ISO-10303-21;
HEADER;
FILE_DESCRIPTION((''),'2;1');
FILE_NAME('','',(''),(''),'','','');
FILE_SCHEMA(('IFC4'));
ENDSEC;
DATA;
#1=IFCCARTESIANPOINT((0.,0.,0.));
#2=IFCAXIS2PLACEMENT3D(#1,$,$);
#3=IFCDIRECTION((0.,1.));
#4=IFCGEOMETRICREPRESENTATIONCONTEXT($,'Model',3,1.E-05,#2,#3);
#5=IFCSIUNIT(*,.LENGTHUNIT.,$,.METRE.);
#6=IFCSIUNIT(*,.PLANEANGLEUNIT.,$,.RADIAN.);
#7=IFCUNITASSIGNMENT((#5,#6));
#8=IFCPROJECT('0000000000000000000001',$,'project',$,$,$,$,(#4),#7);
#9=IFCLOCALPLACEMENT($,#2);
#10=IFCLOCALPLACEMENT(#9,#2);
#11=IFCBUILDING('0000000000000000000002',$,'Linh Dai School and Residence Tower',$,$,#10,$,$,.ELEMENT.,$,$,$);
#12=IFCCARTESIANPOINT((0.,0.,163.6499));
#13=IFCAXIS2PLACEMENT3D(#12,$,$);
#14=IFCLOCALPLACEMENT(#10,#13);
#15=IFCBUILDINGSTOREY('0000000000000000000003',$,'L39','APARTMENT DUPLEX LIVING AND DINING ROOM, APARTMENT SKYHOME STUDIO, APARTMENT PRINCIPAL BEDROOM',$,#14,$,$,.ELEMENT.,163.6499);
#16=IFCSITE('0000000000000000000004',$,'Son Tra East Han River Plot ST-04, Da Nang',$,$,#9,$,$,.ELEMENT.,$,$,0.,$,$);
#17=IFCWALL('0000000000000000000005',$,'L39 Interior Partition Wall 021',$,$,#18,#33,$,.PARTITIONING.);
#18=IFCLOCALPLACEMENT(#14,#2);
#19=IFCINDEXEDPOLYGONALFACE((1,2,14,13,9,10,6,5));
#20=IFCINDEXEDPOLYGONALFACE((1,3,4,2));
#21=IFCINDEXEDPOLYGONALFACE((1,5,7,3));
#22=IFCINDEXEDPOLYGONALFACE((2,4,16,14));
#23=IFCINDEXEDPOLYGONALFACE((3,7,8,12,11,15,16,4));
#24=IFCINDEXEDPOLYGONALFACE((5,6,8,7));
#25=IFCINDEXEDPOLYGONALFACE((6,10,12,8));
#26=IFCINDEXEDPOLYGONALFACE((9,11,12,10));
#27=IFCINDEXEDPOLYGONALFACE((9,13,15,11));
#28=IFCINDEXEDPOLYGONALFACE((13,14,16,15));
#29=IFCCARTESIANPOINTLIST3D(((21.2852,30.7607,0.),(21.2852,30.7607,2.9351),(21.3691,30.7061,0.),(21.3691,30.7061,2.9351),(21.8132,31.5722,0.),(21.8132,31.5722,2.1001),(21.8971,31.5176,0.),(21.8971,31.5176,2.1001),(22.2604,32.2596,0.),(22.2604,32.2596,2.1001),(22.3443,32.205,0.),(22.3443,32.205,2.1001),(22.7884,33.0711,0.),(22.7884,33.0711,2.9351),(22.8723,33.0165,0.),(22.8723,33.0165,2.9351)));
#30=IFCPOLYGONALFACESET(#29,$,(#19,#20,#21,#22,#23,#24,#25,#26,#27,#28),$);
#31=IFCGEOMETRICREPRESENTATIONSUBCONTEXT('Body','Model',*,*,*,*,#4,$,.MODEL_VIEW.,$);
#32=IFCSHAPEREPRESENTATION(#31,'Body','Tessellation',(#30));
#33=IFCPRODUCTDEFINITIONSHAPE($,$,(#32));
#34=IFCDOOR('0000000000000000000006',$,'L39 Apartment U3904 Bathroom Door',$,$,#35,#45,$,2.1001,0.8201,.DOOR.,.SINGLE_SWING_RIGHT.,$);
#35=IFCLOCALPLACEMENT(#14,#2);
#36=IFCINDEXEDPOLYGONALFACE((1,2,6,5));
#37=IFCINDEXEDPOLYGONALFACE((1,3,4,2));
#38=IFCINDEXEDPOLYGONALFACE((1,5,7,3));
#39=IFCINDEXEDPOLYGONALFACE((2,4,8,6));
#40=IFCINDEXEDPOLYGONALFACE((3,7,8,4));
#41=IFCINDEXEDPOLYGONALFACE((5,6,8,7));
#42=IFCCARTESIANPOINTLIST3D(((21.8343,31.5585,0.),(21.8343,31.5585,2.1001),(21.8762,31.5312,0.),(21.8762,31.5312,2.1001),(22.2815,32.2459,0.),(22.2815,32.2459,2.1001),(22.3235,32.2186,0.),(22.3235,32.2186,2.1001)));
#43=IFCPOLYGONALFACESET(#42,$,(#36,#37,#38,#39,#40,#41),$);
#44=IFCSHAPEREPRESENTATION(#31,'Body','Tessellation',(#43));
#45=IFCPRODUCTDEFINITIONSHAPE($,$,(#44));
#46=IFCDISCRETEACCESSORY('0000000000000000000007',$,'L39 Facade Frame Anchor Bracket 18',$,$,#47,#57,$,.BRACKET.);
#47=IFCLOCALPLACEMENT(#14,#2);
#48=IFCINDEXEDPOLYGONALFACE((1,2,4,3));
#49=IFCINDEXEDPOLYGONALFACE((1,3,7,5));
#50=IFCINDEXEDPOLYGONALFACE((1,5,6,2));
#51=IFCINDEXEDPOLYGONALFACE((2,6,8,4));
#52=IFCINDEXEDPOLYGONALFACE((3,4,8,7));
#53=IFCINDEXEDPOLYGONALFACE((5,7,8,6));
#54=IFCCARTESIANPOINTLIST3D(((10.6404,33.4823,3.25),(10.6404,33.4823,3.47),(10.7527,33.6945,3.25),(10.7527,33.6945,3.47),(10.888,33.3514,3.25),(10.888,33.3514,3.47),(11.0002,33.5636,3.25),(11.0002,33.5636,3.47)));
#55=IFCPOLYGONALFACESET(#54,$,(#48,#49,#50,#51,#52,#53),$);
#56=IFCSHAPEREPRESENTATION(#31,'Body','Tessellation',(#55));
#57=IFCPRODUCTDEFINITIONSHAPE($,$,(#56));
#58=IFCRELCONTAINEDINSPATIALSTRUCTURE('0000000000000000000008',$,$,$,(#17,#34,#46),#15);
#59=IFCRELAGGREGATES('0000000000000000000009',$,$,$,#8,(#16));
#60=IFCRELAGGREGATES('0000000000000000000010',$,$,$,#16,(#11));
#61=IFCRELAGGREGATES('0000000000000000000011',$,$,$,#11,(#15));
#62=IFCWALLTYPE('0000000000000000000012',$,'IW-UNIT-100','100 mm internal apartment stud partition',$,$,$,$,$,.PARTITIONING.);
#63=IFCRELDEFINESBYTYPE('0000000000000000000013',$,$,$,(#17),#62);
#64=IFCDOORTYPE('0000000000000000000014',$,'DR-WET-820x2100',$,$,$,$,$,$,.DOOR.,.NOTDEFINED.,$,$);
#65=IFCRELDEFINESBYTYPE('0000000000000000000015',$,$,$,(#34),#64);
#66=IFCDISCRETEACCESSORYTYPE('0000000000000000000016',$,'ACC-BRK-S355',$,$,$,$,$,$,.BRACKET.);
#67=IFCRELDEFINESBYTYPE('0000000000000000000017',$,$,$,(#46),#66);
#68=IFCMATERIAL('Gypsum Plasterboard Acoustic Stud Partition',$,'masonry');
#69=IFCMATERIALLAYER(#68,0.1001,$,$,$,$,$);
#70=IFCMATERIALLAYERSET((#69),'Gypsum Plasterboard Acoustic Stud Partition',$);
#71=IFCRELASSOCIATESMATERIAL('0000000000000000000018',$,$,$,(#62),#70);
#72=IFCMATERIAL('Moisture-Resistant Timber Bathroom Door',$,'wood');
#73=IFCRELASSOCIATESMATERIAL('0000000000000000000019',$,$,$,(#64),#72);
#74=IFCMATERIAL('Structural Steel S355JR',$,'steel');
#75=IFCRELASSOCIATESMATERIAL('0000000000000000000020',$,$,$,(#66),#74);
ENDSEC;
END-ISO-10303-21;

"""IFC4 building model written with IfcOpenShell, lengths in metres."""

from ifc_helpers import new_model, si_unit, direction, frame, frame_2d, origin, origin_2d, place, context, subcontext, project, spatial, rectangle, extrude, source, transform, mapped, material, layer, layer_set, type_object, element, fill, save


model = new_model("IFC4")

# Units and contexts
model_context = context("Model", 3, precision=1e-05, world=origin(), true_north=direction((0.0, 1.0)))
body_context = subcontext(model_context, "Body", "Model", "MODEL_VIEW")
ifc_project = project(units=[si_unit("LENGTHUNIT", "METRE"), si_unit("PLANEANGLEUNIT", "RADIAN")], contexts=[model_context])

# Site, building, storey
site_placement = place(None, origin())
site = spatial("IfcSite", under=ifc_project, at=site_placement, Name="Son Tra East Han River Plot ST-04, Da Nang", CompositionType="ELEMENT", RefElevation=0.0)
building_placement = place(site_placement, origin())
building = spatial("IfcBuilding", under=site, at=building_placement, Name="Linh Dai School and Residence Tower", CompositionType="ELEMENT")
storey_placement = place(building_placement, frame((0.0, 0.0, 163.6499)))
storey = spatial("IfcBuildingStorey", under=building, at=storey_placement, Name="L39", Description="APARTMENT DUPLEX LIVING AND DINING ROOM, APARTMENT SKYHOME STUDIO, APARTMENT PRINCIPAL BEDROOM", CompositionType="ELEMENT", Elevation=163.6499)

# Shared definitions
ifc_material_1 = material(Name="Structural Steel S355JR", Category="steel")

# Shared definitions
ifc_material_2 = material(Name="Gypsum Plasterboard Acoustic Stud Partition", Category="masonry")
ifc_layer_1 = layer(ifc_material_2, 0.1001)
ifc_layer_set_1 = layer_set([ifc_layer_1], Name="Gypsum Plasterboard Acoustic Stud Partition")
wall_type_1 = type_object("IfcWallType", Name="IW-UNIT-100", Description="100 mm internal apartment stud partition", PredefinedType="PARTITIONING", material=ifc_layer_set_1)

# Wall, opening, door
wall_1_placement = place(storey_placement, frame((21.3271, 30.7334, 0.0), z_axis=(0.0, 0.0, 1.0), x_axis=(0.545365, 0.838199, 0.0)))
wall_1 = element("IfcWall", 1, at=wall_1_placement, inside=storey, type_object=wall_type_1, Name="L39 Interior Partition Wall 021", PredefinedType="PARTITIONING", context=body_context, shape_type="SweptSolid", body=[
    extrude(rectangle(XDim=2.7563, YDim=0.1001, at=frame_2d((1.3782, 0.0))), origin(), (0.0, 0.0, 1.0), 2.9351),
])
opening_1_placement = place(wall_1_placement, frame((0.968, 0.0, 0.0)))
opening_1 = element("IfcOpeningElement", 2, at=opening_1_placement, cuts=wall_1, PredefinedType="OPENING", context=body_context, shape_type="SweptSolid", body=[
    extrude(rectangle(XDim=0.8201, YDim=2.1001, at=origin_2d()), frame((0.4102, 0.0601, 1.05), z_axis=(0.0, -1.0, 0.0), x_axis=(1.0, 0.0, 0.0)), (0.0, 0.0, 1.0), 0.1201),
])
ifc_material_3 = material(Name="Moisture-Resistant Timber Bathroom Door", Category="wood")
door_type_1 = type_object("IfcDoorType", Name="DR-WET-820x2100", OperationType="NOTDEFINED", PredefinedType="DOOR", material=ifc_material_3)
shared_shape_1 = source(origin(), body_context, "Body", "SweptSolid", [
    extrude(rectangle(XDim=0.8201, YDim=2.1001, at=origin_2d()), frame((0.4102, 0.0249, 1.05), z_axis=(0.0, -1.0, 0.0), x_axis=(1.0, 0.0, 0.0)), (0.0, 0.0, 1.0), 0.05),
])
door_1_placement = place(opening_1_placement, origin())
door_1 = element("IfcDoor", 3, at=door_1_placement, inside=storey, type_object=door_type_1, Name="L39 Apartment U3904 Bathroom Door", OperationType="SINGLE_SWING_RIGHT", OverallHeight=2.1001, OverallWidth=0.8201, PredefinedType="DOOR", context=body_context, shape_type="MappedRepresentation", body=[
    mapped(shared_shape_1, transform((0.0, 0.0, 0.0), x_axis=(1.0, 0.0, 0.0), y_axis=(0.0, 1.0, 0.0), z_axis=(0.0, 0.0, 1.0), scale=1.0)),
])
fill(opening_1, door_1)

# Discrete accessory
discrete_accessory_type = type_object("IfcDiscreteAccessoryType", Name="ACC-BRK-S355", PredefinedType="BRACKET", material=ifc_material_1)
shared_shape_2 = source(origin(), body_context, "Body", "SweptSolid", [
    extrude(rectangle(XDim=0.28, YDim=0.24, at=origin_2d()), origin(), (0.0, 0.0, 1.0), 0.22),
])
discrete_accessory_placement = place(storey_placement, frame((10.8203, 33.5229, 3.25), z_axis=(0.0, 0.0, 1.0), x_axis=(-0.883951, 0.46758, 0.0)))
element("IfcDiscreteAccessory", 4, at=discrete_accessory_placement, inside=storey, type_object=discrete_accessory_type, Name="L39 Facade Frame Anchor Bracket 18", PredefinedType="BRACKET", context=body_context, shape_type="MappedRepresentation", body=[
    mapped(shared_shape_2, transform((0.0, 0.0, 0.0), x_axis=(1.0, 0.0, 0.0), y_axis=(0.0, 1.0, 0.0), z_axis=(0.0, 0.0, 1.0), scale=1.0)),
])

save(model, "model.ifc")
